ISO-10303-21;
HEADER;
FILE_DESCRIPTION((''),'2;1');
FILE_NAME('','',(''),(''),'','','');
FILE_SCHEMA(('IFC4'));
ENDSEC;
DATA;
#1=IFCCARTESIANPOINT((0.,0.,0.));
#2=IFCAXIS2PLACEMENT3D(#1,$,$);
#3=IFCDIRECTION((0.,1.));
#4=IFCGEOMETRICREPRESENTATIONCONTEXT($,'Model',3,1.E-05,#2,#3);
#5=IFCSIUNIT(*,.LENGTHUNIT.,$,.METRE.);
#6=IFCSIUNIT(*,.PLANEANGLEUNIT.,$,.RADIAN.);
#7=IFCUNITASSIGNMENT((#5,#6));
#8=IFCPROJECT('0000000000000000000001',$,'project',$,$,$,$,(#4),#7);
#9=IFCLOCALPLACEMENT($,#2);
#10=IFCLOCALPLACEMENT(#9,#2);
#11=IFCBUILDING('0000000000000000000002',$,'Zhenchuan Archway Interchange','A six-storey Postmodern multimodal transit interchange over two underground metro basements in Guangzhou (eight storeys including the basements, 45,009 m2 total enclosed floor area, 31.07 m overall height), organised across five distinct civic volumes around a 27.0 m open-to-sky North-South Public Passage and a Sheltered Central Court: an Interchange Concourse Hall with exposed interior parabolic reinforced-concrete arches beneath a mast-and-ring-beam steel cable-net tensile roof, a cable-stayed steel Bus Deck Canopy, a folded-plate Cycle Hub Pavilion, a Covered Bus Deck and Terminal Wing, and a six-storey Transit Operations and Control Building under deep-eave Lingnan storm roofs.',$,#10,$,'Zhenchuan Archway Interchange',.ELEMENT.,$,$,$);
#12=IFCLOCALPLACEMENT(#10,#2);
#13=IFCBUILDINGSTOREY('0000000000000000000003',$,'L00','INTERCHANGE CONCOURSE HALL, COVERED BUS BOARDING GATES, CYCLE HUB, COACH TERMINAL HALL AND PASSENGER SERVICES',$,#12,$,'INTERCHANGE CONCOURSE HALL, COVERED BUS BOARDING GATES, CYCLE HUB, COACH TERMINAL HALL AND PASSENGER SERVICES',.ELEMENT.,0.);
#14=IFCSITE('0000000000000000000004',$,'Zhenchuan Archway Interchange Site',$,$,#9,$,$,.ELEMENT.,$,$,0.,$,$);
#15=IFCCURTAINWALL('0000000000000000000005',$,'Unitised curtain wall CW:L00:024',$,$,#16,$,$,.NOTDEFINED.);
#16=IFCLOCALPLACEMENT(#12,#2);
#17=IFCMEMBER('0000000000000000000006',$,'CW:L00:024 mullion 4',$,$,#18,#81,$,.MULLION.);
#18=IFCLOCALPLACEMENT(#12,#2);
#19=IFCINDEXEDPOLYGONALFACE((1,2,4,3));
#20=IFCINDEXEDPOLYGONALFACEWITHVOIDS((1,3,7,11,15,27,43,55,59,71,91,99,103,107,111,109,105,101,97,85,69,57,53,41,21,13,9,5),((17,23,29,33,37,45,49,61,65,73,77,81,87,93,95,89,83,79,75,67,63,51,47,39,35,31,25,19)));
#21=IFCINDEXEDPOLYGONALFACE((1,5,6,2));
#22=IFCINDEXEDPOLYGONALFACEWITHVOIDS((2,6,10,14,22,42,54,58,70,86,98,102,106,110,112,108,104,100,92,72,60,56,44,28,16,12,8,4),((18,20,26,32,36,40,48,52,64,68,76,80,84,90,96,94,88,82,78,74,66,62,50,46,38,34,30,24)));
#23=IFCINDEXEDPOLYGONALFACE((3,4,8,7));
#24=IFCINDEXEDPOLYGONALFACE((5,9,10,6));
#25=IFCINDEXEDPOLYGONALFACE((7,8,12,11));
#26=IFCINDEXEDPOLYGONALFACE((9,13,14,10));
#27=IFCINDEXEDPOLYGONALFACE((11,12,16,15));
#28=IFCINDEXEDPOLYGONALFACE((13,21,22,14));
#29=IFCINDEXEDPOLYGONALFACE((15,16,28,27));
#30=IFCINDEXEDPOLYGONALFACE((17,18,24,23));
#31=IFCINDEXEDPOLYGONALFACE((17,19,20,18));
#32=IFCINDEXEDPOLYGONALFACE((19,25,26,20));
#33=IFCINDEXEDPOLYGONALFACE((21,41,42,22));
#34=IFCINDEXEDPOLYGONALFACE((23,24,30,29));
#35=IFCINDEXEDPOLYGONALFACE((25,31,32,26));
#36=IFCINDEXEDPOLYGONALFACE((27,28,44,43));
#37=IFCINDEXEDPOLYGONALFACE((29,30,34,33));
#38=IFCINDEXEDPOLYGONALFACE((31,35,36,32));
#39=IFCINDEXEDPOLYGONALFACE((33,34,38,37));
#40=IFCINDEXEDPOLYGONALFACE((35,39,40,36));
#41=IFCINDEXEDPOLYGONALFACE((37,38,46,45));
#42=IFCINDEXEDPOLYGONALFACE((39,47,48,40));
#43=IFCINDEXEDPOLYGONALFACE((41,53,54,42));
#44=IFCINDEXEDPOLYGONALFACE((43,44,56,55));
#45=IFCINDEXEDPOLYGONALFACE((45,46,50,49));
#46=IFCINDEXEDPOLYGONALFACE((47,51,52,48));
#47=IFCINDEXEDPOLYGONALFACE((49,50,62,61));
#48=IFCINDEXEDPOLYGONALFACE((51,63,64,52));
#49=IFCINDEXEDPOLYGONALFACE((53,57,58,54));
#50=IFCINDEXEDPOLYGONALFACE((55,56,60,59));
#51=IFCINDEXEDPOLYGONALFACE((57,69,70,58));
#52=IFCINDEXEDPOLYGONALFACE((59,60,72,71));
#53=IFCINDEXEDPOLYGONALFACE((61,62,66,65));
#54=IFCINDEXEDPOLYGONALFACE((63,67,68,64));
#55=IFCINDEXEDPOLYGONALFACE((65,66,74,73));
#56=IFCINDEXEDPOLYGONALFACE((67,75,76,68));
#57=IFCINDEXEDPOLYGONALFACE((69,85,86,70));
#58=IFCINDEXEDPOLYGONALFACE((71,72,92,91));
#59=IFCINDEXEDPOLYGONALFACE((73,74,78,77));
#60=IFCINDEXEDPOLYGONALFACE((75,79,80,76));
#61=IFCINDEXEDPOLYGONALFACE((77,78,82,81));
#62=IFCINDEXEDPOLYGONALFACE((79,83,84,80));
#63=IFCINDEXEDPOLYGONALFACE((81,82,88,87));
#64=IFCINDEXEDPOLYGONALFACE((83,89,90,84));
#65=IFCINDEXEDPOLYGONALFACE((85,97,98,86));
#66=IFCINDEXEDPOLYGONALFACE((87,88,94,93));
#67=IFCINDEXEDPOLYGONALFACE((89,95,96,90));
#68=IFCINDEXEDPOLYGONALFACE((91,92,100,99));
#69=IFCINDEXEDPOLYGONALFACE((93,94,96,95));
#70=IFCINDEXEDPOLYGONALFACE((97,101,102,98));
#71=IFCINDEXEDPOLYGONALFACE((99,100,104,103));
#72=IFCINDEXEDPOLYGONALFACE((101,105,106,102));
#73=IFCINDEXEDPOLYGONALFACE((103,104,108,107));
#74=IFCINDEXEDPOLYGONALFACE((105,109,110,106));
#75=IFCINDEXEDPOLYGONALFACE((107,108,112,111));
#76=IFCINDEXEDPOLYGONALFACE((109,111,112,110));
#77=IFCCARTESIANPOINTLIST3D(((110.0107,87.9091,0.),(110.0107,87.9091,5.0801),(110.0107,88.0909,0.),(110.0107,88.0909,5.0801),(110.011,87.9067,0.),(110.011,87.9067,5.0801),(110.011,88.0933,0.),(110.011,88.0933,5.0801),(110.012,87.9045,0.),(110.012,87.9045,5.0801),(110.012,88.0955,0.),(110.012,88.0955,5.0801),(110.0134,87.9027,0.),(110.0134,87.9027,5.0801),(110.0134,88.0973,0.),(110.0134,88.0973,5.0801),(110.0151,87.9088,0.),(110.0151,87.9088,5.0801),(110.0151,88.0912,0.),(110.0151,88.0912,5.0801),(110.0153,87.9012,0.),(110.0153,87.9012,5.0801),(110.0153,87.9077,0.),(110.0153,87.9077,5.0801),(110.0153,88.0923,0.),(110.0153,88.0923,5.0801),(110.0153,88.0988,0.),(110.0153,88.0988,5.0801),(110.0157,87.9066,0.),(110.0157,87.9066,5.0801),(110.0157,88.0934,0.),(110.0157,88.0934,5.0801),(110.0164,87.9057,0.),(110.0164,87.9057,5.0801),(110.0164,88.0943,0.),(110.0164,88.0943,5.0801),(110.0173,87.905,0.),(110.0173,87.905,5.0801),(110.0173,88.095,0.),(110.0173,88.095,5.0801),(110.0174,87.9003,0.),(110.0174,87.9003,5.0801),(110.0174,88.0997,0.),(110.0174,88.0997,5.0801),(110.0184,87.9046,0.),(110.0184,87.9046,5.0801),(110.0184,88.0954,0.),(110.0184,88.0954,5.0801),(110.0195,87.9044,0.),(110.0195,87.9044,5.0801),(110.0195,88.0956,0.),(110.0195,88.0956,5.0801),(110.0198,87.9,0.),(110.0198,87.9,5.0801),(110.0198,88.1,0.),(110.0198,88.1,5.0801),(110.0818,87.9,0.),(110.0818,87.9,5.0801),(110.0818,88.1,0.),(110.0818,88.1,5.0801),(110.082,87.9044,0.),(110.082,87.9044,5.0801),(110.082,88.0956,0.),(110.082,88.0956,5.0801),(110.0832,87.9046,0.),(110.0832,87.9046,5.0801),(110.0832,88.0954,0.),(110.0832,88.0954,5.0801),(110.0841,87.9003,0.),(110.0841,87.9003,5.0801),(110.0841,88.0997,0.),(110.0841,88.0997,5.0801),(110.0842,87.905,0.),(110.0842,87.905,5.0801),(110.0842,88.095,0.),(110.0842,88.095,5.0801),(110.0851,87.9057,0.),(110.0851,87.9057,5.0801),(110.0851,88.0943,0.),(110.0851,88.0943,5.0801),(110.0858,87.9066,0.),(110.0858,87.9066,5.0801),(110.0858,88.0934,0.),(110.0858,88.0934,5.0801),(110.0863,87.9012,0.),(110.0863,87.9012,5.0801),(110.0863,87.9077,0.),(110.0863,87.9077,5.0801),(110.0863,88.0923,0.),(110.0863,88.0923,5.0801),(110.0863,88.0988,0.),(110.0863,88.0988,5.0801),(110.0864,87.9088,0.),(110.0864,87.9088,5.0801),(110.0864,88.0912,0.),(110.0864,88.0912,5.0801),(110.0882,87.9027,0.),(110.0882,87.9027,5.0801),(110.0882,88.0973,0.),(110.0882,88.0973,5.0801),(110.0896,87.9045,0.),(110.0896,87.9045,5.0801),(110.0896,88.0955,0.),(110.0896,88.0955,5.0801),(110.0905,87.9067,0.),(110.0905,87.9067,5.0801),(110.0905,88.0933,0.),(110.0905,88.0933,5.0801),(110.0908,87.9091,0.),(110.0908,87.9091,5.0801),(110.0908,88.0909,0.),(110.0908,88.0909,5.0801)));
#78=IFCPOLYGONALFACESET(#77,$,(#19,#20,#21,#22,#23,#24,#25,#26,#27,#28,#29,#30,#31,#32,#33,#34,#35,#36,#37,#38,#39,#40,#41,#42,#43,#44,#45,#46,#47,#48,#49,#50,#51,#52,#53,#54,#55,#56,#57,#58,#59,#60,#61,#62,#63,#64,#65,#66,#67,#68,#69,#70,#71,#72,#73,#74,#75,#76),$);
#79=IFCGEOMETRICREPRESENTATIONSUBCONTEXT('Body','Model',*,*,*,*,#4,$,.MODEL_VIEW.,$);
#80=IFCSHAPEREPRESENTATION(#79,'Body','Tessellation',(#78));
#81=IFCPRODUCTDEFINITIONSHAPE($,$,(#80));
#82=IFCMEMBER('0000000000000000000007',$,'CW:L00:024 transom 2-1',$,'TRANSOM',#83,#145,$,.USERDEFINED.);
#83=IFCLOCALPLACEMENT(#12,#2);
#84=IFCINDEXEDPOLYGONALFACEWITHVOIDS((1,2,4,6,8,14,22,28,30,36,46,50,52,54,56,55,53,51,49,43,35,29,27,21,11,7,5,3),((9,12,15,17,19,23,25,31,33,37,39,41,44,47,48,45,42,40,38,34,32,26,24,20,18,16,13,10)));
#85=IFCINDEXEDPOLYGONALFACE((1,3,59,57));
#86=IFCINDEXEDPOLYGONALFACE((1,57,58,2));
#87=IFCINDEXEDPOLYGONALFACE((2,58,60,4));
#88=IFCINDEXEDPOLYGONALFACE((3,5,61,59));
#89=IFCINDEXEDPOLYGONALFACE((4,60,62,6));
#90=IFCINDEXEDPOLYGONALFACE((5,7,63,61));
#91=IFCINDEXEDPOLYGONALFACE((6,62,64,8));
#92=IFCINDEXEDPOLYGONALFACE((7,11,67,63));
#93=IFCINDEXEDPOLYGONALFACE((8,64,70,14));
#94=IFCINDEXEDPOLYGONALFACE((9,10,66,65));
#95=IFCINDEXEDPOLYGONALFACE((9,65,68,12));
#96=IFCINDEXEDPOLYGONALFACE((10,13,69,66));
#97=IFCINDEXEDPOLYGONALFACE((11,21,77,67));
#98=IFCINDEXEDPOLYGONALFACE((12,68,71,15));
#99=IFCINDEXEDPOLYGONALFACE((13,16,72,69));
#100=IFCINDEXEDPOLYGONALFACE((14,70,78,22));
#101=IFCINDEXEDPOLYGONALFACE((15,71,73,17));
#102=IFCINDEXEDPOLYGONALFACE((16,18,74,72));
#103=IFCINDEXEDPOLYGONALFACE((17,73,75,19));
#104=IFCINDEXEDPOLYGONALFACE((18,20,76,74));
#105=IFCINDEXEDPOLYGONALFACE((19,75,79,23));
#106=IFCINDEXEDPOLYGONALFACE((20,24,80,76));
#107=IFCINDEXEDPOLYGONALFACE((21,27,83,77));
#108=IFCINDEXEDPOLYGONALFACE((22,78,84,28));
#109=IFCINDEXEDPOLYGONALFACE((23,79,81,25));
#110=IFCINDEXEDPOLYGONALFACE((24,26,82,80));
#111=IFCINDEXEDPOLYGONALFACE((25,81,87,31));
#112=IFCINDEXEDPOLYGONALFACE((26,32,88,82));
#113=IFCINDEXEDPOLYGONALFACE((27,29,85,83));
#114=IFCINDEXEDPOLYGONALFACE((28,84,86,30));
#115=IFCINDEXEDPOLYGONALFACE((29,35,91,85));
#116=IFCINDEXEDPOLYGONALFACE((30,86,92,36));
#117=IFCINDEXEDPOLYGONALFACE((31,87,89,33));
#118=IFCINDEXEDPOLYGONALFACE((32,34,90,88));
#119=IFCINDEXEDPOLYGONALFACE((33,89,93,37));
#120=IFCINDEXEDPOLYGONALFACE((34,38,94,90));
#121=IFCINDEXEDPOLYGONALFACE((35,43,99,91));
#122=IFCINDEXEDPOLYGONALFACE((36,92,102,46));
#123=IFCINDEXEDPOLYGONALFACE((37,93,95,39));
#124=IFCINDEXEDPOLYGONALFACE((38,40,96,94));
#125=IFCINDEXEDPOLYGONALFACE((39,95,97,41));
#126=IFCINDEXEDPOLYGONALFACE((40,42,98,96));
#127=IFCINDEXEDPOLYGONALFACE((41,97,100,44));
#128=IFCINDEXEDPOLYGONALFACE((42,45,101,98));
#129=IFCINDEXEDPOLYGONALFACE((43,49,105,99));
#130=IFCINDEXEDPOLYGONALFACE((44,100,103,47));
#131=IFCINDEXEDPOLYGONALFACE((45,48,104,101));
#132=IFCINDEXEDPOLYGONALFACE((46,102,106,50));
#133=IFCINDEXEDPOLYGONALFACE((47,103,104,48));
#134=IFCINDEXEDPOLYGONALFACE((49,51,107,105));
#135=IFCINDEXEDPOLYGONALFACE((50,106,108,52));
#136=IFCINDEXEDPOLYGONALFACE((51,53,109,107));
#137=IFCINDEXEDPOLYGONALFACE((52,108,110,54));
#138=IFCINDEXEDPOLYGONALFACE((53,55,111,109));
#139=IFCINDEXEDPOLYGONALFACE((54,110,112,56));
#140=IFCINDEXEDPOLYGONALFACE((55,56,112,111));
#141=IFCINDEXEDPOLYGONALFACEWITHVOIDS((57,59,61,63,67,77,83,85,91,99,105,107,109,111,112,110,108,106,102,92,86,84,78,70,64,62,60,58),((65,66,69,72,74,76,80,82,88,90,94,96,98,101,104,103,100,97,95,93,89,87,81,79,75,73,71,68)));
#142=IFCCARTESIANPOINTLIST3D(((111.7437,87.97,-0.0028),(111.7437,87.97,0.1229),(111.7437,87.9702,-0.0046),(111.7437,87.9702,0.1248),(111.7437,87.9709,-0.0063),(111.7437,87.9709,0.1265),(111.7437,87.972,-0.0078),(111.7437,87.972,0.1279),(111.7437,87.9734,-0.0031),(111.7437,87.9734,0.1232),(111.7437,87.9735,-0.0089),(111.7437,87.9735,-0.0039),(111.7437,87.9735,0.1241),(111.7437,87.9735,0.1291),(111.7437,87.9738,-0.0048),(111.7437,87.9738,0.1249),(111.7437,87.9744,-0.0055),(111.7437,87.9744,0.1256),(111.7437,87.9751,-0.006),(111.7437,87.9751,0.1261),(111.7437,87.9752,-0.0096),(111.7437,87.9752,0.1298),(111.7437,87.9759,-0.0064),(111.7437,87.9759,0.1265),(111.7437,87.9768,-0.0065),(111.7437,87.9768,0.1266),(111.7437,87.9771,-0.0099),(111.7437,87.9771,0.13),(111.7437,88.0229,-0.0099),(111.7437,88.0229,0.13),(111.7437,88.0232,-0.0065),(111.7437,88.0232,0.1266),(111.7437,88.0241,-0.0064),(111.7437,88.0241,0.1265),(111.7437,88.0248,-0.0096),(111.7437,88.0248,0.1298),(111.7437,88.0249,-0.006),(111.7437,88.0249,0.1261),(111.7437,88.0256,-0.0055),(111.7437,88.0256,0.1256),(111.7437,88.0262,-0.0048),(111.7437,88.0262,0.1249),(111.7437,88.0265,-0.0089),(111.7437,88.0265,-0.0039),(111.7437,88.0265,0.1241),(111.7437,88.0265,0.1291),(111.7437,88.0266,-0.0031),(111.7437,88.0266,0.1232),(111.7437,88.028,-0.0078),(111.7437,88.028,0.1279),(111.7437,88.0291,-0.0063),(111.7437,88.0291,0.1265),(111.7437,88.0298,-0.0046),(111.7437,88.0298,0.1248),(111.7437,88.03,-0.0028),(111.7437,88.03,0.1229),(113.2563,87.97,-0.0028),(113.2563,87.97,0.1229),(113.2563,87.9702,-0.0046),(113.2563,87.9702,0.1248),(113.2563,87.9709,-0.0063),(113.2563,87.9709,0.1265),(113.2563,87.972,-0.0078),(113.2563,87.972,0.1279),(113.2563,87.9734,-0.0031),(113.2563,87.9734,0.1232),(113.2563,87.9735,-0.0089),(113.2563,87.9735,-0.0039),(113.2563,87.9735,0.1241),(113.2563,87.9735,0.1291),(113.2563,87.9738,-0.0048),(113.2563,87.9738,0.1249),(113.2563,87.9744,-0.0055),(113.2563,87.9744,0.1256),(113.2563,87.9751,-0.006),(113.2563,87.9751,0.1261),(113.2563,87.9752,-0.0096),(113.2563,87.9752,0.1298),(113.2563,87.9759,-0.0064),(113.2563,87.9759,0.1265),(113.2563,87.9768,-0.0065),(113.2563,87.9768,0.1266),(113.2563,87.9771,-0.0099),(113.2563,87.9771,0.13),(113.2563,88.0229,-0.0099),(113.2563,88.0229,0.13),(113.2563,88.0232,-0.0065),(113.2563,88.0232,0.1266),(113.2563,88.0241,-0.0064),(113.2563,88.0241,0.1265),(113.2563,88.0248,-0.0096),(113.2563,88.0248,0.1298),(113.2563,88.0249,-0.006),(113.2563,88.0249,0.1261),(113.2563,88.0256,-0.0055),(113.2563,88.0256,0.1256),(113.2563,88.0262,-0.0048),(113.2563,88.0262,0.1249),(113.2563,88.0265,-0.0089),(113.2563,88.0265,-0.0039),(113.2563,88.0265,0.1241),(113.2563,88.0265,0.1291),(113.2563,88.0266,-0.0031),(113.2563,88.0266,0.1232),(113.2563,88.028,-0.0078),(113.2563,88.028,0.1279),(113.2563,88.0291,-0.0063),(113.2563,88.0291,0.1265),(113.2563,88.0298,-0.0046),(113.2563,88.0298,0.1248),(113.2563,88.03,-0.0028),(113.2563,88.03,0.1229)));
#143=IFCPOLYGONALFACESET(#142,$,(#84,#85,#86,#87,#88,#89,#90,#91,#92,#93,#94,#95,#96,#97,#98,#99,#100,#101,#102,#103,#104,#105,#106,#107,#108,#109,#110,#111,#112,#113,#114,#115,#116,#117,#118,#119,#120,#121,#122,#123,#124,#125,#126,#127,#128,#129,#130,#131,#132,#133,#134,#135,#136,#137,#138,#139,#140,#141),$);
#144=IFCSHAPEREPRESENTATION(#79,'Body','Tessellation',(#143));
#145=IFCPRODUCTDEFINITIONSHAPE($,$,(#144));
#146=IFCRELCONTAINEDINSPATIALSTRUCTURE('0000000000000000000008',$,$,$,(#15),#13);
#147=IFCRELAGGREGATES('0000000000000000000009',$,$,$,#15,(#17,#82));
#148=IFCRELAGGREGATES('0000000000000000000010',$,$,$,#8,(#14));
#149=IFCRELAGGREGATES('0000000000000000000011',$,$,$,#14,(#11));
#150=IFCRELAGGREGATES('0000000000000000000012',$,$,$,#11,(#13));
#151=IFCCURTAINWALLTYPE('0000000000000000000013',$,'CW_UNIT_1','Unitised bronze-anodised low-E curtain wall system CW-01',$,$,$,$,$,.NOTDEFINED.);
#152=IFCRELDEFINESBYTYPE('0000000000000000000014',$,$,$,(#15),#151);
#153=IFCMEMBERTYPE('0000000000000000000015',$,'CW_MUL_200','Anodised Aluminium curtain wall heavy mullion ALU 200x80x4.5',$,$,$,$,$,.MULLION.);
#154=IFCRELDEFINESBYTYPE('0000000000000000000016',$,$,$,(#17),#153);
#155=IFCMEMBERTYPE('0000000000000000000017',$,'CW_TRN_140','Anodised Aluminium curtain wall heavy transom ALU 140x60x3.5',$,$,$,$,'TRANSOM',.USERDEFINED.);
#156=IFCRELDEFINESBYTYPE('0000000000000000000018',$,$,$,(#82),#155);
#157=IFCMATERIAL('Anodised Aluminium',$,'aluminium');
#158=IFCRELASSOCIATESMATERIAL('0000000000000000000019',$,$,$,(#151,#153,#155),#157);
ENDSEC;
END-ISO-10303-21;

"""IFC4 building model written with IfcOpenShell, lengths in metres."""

from ifc_helpers import new_model, si_unit, direction, frame, origin, origin_2d, place, context, subcontext, project, spatial, hollow_rectangle, extrude, material, material_profile, profile_set, type_object, element, aggregate, save


model = new_model("IFC4")

# Units and contexts
model_context = context("Model", 3, precision=1e-05, world=origin(), true_north=direction((0.0, 1.0)))
body_context = subcontext(model_context, "Body", "Model", "MODEL_VIEW")
ifc_project = project(units=[si_unit("LENGTHUNIT", "METRE"), si_unit("PLANEANGLEUNIT", "RADIAN")], contexts=[model_context])

# Site, building, storey
site_placement = place(None, origin())
site = spatial("IfcSite", under=ifc_project, at=site_placement, Name="Zhenchuan Archway Interchange Site", CompositionType="ELEMENT", RefElevation=0.0)
building_placement = place(site_placement, origin())
building = spatial("IfcBuilding", under=site, at=building_placement, Name="Zhenchuan Archway Interchange", Description="A six-storey Postmodern multimodal transit interchange over two underground metro basements in Guangzhou (eight storeys including the basements, 45,009 m2 total enclosed floor area, 31.07 m overall height), organised across five distinct civic volumes around a 27.0 m open-to-sky North-South Public Passage and a Sheltered Central Court: an Interchange Concourse Hall with exposed interior parabolic reinforced-concrete arches beneath a mast-and-ring-beam steel cable-net tensile roof, a cable-stayed steel Bus Deck Canopy, a folded-plate Cycle Hub Pavilion, a Covered Bus Deck and Terminal Wing, and a six-storey Transit Operations and Control Building under deep-eave Lingnan storm roofs.", LongName="Zhenchuan Archway Interchange", CompositionType="ELEMENT")
storey_placement = place(building_placement, origin())
storey = spatial("IfcBuildingStorey", under=building, at=storey_placement, Name="L00", Description="INTERCHANGE CONCOURSE HALL, COVERED BUS BOARDING GATES, CYCLE HUB, COACH TERMINAL HALL AND PASSENGER SERVICES", LongName="INTERCHANGE CONCOURSE HALL, COVERED BUS BOARDING GATES, CYCLE HUB, COACH TERMINAL HALL AND PASSENGER SERVICES", CompositionType="ELEMENT", Elevation=0.0)

# Curtain wall, members
ifc_material_1 = material(Name="Anodised Aluminium", Category="aluminium")
curtain_wall_type = type_object("IfcCurtainWallType", Name="CW_UNIT_1", Description="Unitised bronze-anodised low-E curtain wall system CW-01", PredefinedType="NOTDEFINED", material=ifc_material_1)
curtain_wall_placement = place(storey_placement, origin())
curtain_wall = element("IfcCurtainWall", 1, at=curtain_wall_placement, inside=storey, type_object=curtain_wall_type, Name="Unitised curtain wall CW:L00:024", PredefinedType="NOTDEFINED")
ifc_material_profile_1 = material_profile(ifc_material_1, hollow_rectangle(XDim=0.0801, YDim=0.2, WallThickness=0.0044, InnerFilletRadius=0.0044, OuterFilletRadius=0.009, at=origin_2d()), Name="ALU 200x80x4.5")
ifc_profile_set_1 = profile_set([ifc_material_profile_1], Name="Anodised Aluminium")
member_type_1 = type_object("IfcMemberType", Name="CW_MUL_200", Description="Anodised Aluminium curtain wall heavy mullion ALU 200x80x4.5", PredefinedType="MULLION", material=ifc_profile_set_1)
member_1_placement = place(storey_placement, frame((110.0508, 88.0, 0.0), z_axis=(0.0, 0.0, 1.0), x_axis=(1.0, 0.0, 0.0)))
member_1 = element("IfcMember", 2, at=member_1_placement, type_object=member_type_1, Name="CW:L00:024 mullion 4", PredefinedType="MULLION", context=body_context, shape_type="SweptSolid", body=[
    extrude(hollow_rectangle(XDim=0.0801, YDim=0.2, WallThickness=0.0044, InnerFilletRadius=0.0044, OuterFilletRadius=0.009, at=origin_2d()), origin(), (0.0, 0.0, 1.0), 5.0801),
])
ifc_material_profile_2 = material_profile(ifc_material_1, hollow_rectangle(XDim=0.0601, YDim=0.1399, WallThickness=0.0034, InnerFilletRadius=0.0034, OuterFilletRadius=0.0071, at=origin_2d()), Name="ALU 140x60x3.5")
ifc_profile_set_2 = profile_set([ifc_material_profile_2], Name="Anodised Aluminium")
member_type_2 = type_object("IfcMemberType", Name="CW_TRN_140", Description="Anodised Aluminium curtain wall heavy transom ALU 140x60x3.5", ElementType="TRANSOM", PredefinedType="USERDEFINED", material=ifc_profile_set_2)
member_2_placement = place(storey_placement, frame((113.2563, 88.0, 0.0601), z_axis=(-1.0, 0.0, 0.0), x_axis=(0.0, -1.0, 0.0)))
member_2 = element("IfcMember", 3, at=member_2_placement, type_object=member_type_2, Name="CW:L00:024 transom 2-1", ObjectType="TRANSOM", PredefinedType="USERDEFINED", context=body_context, shape_type="SweptSolid", body=[
    extrude(hollow_rectangle(XDim=0.0601, YDim=0.1399, WallThickness=0.0034, InnerFilletRadius=0.0034, OuterFilletRadius=0.0071, at=origin_2d()), origin(), (0.0, 0.0, 1.0), 1.5127),
])
aggregate(curtain_wall, [member_1, member_2])

save(model, "model.ifc")
